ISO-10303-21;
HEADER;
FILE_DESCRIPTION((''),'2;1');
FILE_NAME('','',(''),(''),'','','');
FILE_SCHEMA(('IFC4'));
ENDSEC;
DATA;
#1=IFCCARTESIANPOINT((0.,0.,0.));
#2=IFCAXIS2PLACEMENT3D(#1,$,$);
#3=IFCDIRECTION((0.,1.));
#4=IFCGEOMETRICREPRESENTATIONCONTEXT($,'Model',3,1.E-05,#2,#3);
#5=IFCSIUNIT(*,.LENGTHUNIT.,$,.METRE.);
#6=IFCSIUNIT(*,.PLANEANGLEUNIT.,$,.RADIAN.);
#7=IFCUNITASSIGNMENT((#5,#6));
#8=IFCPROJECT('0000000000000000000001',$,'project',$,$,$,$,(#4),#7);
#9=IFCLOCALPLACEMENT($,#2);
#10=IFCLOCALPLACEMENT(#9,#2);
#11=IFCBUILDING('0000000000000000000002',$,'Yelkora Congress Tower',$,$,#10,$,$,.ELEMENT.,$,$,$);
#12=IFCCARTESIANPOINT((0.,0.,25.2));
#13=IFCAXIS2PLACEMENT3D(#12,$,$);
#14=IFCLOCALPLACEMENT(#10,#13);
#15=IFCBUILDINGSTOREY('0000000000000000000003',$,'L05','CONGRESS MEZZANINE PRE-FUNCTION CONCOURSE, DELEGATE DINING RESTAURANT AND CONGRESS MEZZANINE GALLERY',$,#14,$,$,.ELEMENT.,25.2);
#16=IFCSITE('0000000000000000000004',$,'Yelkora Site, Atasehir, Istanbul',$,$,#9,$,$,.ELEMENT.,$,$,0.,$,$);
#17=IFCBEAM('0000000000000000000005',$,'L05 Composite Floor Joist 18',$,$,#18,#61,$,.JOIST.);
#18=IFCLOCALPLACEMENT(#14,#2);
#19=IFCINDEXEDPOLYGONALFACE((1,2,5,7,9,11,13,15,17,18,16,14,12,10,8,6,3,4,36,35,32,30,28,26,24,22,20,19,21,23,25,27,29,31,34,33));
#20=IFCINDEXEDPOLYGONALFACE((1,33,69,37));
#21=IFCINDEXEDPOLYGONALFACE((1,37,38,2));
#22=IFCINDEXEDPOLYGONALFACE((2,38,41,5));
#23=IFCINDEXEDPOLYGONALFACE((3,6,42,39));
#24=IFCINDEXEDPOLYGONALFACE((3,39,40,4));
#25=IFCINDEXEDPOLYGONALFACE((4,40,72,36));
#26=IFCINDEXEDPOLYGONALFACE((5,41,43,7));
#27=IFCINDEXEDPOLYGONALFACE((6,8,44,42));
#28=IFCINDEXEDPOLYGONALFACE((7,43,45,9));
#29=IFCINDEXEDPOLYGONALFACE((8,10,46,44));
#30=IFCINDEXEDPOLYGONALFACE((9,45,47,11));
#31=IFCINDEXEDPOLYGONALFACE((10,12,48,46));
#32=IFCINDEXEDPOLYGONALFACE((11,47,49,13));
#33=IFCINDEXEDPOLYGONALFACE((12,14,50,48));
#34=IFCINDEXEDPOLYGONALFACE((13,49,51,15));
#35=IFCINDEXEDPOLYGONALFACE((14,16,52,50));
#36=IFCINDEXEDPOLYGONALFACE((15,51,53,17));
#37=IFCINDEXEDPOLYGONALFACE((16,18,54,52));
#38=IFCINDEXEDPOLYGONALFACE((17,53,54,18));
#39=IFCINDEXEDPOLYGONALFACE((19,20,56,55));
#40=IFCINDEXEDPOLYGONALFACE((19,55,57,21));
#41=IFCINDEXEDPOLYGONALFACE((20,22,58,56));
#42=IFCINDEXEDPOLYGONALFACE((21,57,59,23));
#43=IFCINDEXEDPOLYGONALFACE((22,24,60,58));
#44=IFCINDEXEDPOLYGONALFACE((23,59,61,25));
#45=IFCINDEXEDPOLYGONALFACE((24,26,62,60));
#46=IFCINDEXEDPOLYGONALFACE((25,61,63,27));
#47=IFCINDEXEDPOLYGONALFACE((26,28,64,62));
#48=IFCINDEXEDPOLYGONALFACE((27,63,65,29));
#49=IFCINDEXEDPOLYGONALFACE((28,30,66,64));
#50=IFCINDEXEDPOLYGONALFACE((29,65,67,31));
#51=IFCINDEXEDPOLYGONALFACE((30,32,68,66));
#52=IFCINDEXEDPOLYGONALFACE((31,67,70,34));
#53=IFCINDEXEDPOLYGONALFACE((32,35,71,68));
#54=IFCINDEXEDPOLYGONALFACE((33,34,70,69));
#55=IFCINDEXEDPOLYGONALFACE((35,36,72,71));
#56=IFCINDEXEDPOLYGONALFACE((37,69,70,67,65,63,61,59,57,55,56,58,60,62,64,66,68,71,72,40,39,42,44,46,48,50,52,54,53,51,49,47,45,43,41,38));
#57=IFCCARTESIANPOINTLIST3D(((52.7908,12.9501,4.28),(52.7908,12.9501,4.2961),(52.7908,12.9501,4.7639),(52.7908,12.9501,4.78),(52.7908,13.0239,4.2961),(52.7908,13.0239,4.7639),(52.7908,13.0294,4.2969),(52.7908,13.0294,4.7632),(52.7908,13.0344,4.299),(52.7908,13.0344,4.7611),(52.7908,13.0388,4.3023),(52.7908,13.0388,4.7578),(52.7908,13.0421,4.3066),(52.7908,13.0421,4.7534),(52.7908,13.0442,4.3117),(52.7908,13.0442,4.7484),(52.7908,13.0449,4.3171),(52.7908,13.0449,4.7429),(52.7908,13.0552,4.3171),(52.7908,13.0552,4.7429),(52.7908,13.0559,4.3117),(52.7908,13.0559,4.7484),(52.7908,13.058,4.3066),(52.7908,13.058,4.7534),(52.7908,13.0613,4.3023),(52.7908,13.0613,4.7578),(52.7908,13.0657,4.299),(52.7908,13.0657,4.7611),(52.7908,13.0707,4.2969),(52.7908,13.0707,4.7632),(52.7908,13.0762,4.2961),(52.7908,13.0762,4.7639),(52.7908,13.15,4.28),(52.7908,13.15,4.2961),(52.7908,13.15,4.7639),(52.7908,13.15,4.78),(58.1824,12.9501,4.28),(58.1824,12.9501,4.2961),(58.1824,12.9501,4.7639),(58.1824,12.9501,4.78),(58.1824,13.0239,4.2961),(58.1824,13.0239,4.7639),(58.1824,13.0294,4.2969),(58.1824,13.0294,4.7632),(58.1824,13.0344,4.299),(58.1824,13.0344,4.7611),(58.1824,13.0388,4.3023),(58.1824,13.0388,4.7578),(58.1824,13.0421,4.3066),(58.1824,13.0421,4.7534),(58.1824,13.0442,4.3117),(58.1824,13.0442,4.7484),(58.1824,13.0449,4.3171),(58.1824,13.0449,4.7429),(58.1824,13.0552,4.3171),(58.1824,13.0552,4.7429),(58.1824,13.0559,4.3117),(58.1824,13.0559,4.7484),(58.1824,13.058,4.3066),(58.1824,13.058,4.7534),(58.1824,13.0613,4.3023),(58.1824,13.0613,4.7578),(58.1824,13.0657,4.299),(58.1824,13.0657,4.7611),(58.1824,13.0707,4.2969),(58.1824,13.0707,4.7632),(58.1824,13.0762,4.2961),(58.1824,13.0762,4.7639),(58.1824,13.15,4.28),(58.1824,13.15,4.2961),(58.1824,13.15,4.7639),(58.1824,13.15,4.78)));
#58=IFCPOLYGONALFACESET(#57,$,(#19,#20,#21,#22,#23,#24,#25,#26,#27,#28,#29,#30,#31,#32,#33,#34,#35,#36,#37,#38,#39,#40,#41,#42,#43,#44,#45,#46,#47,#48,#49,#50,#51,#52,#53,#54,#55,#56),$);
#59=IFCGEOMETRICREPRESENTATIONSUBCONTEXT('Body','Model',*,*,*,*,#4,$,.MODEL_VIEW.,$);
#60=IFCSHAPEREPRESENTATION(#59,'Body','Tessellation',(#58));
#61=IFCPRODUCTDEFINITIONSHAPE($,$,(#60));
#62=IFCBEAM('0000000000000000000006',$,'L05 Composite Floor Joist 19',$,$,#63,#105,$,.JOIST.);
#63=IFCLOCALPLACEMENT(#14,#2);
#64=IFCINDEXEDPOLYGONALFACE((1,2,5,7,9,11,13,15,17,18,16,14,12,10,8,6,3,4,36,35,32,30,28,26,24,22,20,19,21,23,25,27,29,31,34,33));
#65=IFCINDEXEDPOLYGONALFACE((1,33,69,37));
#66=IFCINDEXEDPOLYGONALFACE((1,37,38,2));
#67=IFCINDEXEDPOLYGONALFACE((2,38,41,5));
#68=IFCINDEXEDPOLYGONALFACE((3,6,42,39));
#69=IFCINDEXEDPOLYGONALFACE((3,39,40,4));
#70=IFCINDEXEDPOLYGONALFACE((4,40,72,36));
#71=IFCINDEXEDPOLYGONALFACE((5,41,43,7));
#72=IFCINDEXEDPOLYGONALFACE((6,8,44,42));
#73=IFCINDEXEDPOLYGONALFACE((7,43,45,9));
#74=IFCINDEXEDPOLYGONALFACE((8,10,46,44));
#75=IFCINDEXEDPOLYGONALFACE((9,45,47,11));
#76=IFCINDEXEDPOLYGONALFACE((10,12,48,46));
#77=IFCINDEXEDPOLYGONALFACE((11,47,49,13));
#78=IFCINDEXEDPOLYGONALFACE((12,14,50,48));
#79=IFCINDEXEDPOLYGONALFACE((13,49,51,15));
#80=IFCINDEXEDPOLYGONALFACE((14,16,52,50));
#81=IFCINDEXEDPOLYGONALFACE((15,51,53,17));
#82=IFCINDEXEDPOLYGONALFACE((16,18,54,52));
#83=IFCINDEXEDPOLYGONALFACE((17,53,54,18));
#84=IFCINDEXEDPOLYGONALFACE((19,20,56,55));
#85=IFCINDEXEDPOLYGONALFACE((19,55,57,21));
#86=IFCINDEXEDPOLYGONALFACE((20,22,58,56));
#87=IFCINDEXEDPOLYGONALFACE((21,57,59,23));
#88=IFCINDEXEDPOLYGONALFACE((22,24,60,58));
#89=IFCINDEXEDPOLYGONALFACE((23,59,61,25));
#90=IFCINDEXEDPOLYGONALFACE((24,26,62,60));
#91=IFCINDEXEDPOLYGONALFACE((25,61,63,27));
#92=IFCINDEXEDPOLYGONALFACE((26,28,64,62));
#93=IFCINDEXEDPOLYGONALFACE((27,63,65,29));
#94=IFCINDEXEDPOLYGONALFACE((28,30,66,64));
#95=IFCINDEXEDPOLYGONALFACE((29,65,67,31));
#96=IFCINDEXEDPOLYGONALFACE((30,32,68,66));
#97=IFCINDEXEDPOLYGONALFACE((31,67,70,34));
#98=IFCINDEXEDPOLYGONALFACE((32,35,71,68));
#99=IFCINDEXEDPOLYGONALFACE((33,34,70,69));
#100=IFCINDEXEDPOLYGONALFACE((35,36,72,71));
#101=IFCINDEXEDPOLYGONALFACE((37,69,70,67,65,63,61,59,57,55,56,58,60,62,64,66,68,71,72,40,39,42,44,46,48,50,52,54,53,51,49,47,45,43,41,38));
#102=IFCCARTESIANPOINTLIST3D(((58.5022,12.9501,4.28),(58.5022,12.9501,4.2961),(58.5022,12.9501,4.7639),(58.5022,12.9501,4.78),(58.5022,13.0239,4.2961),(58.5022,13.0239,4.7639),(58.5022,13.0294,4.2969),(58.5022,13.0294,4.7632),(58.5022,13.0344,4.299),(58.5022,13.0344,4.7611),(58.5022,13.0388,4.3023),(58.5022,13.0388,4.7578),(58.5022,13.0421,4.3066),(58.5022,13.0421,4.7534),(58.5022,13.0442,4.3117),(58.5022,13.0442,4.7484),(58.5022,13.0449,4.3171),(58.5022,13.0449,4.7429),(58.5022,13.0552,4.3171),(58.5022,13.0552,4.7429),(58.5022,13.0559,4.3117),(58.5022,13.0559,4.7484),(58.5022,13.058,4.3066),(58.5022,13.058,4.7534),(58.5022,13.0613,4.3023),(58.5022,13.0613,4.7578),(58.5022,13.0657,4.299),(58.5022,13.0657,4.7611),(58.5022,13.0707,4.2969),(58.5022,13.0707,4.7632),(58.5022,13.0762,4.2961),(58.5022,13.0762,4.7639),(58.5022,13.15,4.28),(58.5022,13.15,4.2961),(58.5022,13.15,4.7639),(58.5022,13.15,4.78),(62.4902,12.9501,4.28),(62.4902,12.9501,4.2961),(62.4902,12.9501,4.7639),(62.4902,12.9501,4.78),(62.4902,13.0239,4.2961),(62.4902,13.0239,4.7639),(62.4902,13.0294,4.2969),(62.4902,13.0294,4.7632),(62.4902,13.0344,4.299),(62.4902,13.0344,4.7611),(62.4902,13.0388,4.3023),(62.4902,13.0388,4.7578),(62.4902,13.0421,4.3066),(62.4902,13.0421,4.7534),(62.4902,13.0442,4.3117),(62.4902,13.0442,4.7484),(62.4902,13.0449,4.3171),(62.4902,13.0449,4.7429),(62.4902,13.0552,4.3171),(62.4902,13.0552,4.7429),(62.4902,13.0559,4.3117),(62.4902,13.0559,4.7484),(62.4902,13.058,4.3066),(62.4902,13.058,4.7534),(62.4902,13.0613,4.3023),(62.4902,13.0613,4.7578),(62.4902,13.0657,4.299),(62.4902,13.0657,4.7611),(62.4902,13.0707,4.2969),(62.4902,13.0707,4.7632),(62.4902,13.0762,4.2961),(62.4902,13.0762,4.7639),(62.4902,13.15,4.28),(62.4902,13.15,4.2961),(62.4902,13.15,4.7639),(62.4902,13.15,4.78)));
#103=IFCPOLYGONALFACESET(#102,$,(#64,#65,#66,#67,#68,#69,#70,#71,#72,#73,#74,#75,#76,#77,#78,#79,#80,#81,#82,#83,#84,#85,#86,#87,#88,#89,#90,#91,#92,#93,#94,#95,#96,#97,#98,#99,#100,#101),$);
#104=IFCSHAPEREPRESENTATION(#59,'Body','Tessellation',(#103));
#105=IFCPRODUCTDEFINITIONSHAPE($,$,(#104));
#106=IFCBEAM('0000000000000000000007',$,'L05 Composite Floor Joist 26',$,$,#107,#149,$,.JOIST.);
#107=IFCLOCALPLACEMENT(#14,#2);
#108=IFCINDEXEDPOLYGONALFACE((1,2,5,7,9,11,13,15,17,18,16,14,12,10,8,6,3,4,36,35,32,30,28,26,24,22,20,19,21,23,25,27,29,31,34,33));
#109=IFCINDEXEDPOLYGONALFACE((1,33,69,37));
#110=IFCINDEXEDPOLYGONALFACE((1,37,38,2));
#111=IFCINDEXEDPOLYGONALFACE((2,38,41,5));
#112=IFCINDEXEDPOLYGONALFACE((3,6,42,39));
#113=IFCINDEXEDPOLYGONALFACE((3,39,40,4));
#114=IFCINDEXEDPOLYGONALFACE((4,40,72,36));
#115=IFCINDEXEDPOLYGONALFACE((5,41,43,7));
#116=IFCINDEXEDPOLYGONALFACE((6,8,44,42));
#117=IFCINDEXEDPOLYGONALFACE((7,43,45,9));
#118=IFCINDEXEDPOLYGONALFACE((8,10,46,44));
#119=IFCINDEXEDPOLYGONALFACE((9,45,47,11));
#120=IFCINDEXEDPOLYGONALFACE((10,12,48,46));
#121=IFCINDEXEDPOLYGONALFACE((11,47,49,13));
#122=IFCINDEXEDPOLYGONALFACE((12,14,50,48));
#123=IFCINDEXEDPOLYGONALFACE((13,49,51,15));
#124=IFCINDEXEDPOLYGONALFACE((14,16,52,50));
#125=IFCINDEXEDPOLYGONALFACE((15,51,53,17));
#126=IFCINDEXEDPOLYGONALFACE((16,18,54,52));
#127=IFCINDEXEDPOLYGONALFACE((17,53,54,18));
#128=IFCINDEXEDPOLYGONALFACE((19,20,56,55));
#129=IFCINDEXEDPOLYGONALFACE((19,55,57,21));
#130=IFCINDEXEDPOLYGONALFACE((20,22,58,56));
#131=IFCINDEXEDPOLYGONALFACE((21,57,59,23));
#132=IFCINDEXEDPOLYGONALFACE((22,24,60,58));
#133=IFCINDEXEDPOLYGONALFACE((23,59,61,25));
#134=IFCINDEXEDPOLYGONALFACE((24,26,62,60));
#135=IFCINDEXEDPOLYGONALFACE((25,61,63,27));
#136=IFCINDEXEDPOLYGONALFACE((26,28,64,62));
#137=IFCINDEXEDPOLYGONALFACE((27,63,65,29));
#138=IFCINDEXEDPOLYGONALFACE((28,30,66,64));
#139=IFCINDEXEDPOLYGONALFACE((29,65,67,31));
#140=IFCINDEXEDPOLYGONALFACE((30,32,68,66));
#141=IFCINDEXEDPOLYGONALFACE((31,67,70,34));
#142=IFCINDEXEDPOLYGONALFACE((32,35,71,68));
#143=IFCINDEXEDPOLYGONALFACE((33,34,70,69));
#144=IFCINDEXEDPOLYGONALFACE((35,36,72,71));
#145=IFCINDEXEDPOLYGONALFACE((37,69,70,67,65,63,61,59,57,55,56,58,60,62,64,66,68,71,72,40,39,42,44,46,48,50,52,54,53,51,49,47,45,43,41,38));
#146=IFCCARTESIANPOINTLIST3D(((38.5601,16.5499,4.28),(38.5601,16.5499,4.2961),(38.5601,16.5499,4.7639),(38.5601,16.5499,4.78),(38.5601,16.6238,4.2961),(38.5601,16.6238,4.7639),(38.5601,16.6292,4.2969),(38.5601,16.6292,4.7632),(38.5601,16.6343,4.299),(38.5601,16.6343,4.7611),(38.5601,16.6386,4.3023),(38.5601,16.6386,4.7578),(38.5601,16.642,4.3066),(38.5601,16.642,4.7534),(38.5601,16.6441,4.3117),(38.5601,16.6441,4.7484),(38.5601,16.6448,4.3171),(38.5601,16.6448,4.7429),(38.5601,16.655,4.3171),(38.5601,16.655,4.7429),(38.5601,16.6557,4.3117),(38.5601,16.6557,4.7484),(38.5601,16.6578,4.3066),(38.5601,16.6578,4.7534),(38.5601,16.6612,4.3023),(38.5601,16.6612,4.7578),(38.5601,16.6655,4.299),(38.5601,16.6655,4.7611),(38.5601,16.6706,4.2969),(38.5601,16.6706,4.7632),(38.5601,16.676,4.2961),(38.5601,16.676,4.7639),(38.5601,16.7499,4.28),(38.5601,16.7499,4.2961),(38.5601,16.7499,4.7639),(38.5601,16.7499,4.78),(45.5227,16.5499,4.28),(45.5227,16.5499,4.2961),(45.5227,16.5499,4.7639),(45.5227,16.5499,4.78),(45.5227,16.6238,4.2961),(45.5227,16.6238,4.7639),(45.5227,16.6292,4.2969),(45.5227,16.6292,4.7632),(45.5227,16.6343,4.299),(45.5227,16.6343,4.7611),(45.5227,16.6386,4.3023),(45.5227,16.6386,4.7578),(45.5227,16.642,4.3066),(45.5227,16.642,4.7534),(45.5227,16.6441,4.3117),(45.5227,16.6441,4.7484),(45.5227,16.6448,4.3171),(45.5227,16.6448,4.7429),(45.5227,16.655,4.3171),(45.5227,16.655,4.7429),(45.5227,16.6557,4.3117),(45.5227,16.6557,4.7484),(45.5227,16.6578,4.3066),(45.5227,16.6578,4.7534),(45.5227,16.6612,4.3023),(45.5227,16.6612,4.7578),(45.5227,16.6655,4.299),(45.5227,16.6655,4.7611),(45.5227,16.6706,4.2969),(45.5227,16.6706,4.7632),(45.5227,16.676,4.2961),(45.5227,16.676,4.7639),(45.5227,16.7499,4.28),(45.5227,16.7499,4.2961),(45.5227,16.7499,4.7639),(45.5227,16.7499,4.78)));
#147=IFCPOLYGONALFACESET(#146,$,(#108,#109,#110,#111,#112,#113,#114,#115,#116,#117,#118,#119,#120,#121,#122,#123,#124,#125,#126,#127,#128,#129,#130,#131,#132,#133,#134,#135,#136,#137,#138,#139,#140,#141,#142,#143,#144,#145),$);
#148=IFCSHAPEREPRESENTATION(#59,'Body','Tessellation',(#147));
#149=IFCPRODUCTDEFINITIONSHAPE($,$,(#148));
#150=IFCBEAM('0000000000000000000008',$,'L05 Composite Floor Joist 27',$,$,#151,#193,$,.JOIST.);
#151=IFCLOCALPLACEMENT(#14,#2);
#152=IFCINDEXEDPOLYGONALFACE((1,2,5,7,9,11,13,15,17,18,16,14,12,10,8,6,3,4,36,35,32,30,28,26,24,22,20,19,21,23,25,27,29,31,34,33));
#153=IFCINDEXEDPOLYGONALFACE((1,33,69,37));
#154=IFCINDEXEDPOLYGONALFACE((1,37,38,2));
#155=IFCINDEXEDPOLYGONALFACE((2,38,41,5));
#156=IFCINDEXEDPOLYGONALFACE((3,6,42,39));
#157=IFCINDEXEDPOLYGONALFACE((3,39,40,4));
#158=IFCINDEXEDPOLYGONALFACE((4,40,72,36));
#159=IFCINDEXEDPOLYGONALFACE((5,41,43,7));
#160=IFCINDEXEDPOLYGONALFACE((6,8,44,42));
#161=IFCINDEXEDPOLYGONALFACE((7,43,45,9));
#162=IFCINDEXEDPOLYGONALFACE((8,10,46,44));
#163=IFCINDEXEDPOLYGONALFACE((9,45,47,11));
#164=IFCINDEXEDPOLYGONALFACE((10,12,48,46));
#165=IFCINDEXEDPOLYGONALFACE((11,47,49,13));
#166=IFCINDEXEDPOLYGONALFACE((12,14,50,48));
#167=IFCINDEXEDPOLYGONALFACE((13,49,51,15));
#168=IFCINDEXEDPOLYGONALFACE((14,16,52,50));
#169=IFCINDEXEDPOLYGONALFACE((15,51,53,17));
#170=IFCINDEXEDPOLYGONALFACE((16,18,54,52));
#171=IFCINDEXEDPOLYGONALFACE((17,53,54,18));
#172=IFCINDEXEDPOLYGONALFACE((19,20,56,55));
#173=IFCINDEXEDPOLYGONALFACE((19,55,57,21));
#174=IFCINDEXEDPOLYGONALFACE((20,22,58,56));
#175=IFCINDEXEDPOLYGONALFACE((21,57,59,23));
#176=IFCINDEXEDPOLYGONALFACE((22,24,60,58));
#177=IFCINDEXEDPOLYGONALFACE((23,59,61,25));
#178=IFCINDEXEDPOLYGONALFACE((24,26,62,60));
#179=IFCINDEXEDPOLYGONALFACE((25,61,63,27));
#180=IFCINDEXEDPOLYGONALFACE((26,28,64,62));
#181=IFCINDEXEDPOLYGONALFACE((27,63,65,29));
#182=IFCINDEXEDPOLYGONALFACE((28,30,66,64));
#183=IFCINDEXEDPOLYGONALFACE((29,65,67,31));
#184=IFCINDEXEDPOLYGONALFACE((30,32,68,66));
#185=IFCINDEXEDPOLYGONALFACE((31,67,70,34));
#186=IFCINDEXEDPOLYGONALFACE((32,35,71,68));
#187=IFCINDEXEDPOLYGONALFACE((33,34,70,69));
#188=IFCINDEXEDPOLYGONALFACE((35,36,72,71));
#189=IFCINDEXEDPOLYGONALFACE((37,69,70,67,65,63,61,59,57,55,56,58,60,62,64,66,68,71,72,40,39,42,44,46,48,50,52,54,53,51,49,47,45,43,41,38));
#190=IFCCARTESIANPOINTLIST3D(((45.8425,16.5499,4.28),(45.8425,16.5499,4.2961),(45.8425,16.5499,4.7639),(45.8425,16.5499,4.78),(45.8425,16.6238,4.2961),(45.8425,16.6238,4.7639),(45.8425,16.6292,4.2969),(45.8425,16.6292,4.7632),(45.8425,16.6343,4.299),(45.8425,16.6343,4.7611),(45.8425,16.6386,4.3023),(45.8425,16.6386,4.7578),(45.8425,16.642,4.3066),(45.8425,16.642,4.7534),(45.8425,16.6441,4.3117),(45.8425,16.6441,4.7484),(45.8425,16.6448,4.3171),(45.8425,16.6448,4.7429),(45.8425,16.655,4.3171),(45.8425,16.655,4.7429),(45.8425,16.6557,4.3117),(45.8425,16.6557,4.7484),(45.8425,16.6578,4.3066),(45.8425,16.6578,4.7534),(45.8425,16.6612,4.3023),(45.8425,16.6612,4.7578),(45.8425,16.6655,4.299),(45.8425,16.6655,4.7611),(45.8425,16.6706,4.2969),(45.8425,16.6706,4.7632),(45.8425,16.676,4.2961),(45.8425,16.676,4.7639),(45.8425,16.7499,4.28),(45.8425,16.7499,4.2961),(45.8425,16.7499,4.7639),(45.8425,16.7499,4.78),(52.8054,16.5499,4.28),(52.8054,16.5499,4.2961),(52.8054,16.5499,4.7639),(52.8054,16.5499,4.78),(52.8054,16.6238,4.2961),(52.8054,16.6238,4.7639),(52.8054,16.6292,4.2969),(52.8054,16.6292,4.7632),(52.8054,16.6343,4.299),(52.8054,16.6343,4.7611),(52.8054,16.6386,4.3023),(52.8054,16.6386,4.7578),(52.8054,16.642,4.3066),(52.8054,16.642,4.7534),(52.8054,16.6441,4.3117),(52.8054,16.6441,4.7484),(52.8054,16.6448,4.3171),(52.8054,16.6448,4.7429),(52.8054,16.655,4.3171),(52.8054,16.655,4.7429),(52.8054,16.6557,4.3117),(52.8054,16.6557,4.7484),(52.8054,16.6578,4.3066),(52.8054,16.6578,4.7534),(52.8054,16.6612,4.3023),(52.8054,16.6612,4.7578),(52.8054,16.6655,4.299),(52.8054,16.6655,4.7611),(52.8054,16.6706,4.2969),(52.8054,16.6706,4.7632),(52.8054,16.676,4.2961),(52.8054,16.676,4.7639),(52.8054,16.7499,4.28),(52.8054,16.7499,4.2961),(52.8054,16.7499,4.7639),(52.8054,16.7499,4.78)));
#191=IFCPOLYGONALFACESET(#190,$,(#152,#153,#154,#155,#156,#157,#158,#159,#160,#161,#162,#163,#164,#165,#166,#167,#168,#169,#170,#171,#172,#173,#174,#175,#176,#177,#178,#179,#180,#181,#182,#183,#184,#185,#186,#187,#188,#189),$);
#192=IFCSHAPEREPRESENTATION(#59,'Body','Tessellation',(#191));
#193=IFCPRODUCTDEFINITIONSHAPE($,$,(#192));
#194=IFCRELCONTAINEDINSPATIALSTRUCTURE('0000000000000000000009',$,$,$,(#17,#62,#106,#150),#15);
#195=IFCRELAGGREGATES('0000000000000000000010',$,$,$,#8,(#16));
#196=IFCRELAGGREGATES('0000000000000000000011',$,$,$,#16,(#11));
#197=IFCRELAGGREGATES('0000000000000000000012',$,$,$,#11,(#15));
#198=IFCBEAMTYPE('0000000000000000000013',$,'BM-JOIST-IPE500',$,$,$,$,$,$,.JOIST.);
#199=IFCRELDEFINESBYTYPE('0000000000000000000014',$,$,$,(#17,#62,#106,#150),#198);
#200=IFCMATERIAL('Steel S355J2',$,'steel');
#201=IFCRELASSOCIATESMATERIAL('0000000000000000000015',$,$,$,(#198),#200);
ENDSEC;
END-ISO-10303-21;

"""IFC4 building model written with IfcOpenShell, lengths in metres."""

from ifc_helpers import new_model, si_unit, direction, frame, origin, origin_2d, place, context, subcontext, project, spatial, i_section, extrude, material, material_profile, profile_set, type_object, element, save


model = new_model("IFC4")

# Units and contexts
model_context = context("Model", 3, precision=1e-05, world=origin(), true_north=direction((0.0, 1.0)))
body_context = subcontext(model_context, "Body", "Model", "MODEL_VIEW")
ifc_project = project(units=[si_unit("LENGTHUNIT", "METRE"), si_unit("PLANEANGLEUNIT", "RADIAN")], contexts=[model_context])

# Site, building, storey
site_placement = place(None, origin())
site = spatial("IfcSite", under=ifc_project, at=site_placement, Name="Yelkora Site, Atasehir, Istanbul", CompositionType="ELEMENT", RefElevation=0.0)
building_placement = place(site_placement, origin())
building = spatial("IfcBuilding", under=site, at=building_placement, Name="Yelkora Congress Tower", CompositionType="ELEMENT")
storey_placement = place(building_placement, frame((0.0, 0.0, 25.2)))
storey = spatial("IfcBuildingStorey", under=building, at=storey_placement, Name="L05", Description="CONGRESS MEZZANINE PRE-FUNCTION CONCOURSE, DELEGATE DINING RESTAURANT AND CONGRESS MEZZANINE GALLERY", CompositionType="ELEMENT", Elevation=25.2)

# Beams
ifc_material_1 = material(Name="Steel S355J2", Category="steel")
ifc_material_profile_1 = material_profile(ifc_material_1, i_section(OverallWidth=0.2, OverallDepth=0.5, WebThickness=0.0103, FlangeThickness=0.0161, FilletRadius=0.021, at=origin_2d()), Name="IPE 500")
ifc_profile_set_1 = profile_set([ifc_material_profile_1], Name="Steel S355J2")
beam_type_1 = type_object("IfcBeamType", Name="BM-JOIST-IPE500", PredefinedType="JOIST", material=ifc_profile_set_1)
beam_1_placement = place(storey_placement, frame((52.7908, 13.05, 4.53), z_axis=(1.0, 0.0, 0.0), x_axis=(0.0, 1.0, 0.0)))
element("IfcBeam", 1, at=beam_1_placement, inside=storey, type_object=beam_type_1, Name="L05 Composite Floor Joist 18", PredefinedType="JOIST", context=body_context, shape_type="SweptSolid", body=[
    extrude(i_section(OverallWidth=0.2, OverallDepth=0.5, WebThickness=0.0103, FlangeThickness=0.0161, FilletRadius=0.021, at=origin_2d()), origin(), (0.0, 0.0, 1.0), 5.3916),
])
beam_2_placement = place(storey_placement, frame((58.5022, 13.05, 4.53), z_axis=(1.0, 0.0, 0.0), x_axis=(0.0, 1.0, 0.0)))
element("IfcBeam", 2, at=beam_2_placement, inside=storey, type_object=beam_type_1, Name="L05 Composite Floor Joist 19", PredefinedType="JOIST", context=body_context, shape_type="SweptSolid", body=[
    extrude(i_section(OverallWidth=0.2, OverallDepth=0.5, WebThickness=0.0103, FlangeThickness=0.0161, FilletRadius=0.021, at=origin_2d()), origin(), (0.0, 0.0, 1.0), 3.988),
])
beam_3_placement = place(storey_placement, frame((38.5601, 16.6499, 4.53), z_axis=(1.0, 0.0, 0.0), x_axis=(0.0, 1.0, 0.0)))
element("IfcBeam", 3, at=beam_3_placement, inside=storey, type_object=beam_type_1, Name="L05 Composite Floor Joist 26", PredefinedType="JOIST", context=body_context, shape_type="SweptSolid", body=[
    extrude(i_section(OverallWidth=0.2, OverallDepth=0.5, WebThickness=0.0103, FlangeThickness=0.0161, FilletRadius=0.021, at=origin_2d()), origin(), (0.0, 0.0, 1.0), 6.9626),
])
beam_4_placement = place(storey_placement, frame((45.8425, 16.6499, 4.53), z_axis=(1.0, 0.0, 0.0), x_axis=(0.0, 1.0, 0.0)))
element("IfcBeam", 4, at=beam_4_placement, inside=storey, type_object=beam_type_1, Name="L05 Composite Floor Joist 27", PredefinedType="JOIST", context=body_context, shape_type="SweptSolid", body=[
    extrude(i_section(OverallWidth=0.2, OverallDepth=0.5, WebThickness=0.0103, FlangeThickness=0.0161, FilletRadius=0.021, at=origin_2d()), origin(), (0.0, 0.0, 1.0), 6.9629),
])

save(model, "model.ifc")
